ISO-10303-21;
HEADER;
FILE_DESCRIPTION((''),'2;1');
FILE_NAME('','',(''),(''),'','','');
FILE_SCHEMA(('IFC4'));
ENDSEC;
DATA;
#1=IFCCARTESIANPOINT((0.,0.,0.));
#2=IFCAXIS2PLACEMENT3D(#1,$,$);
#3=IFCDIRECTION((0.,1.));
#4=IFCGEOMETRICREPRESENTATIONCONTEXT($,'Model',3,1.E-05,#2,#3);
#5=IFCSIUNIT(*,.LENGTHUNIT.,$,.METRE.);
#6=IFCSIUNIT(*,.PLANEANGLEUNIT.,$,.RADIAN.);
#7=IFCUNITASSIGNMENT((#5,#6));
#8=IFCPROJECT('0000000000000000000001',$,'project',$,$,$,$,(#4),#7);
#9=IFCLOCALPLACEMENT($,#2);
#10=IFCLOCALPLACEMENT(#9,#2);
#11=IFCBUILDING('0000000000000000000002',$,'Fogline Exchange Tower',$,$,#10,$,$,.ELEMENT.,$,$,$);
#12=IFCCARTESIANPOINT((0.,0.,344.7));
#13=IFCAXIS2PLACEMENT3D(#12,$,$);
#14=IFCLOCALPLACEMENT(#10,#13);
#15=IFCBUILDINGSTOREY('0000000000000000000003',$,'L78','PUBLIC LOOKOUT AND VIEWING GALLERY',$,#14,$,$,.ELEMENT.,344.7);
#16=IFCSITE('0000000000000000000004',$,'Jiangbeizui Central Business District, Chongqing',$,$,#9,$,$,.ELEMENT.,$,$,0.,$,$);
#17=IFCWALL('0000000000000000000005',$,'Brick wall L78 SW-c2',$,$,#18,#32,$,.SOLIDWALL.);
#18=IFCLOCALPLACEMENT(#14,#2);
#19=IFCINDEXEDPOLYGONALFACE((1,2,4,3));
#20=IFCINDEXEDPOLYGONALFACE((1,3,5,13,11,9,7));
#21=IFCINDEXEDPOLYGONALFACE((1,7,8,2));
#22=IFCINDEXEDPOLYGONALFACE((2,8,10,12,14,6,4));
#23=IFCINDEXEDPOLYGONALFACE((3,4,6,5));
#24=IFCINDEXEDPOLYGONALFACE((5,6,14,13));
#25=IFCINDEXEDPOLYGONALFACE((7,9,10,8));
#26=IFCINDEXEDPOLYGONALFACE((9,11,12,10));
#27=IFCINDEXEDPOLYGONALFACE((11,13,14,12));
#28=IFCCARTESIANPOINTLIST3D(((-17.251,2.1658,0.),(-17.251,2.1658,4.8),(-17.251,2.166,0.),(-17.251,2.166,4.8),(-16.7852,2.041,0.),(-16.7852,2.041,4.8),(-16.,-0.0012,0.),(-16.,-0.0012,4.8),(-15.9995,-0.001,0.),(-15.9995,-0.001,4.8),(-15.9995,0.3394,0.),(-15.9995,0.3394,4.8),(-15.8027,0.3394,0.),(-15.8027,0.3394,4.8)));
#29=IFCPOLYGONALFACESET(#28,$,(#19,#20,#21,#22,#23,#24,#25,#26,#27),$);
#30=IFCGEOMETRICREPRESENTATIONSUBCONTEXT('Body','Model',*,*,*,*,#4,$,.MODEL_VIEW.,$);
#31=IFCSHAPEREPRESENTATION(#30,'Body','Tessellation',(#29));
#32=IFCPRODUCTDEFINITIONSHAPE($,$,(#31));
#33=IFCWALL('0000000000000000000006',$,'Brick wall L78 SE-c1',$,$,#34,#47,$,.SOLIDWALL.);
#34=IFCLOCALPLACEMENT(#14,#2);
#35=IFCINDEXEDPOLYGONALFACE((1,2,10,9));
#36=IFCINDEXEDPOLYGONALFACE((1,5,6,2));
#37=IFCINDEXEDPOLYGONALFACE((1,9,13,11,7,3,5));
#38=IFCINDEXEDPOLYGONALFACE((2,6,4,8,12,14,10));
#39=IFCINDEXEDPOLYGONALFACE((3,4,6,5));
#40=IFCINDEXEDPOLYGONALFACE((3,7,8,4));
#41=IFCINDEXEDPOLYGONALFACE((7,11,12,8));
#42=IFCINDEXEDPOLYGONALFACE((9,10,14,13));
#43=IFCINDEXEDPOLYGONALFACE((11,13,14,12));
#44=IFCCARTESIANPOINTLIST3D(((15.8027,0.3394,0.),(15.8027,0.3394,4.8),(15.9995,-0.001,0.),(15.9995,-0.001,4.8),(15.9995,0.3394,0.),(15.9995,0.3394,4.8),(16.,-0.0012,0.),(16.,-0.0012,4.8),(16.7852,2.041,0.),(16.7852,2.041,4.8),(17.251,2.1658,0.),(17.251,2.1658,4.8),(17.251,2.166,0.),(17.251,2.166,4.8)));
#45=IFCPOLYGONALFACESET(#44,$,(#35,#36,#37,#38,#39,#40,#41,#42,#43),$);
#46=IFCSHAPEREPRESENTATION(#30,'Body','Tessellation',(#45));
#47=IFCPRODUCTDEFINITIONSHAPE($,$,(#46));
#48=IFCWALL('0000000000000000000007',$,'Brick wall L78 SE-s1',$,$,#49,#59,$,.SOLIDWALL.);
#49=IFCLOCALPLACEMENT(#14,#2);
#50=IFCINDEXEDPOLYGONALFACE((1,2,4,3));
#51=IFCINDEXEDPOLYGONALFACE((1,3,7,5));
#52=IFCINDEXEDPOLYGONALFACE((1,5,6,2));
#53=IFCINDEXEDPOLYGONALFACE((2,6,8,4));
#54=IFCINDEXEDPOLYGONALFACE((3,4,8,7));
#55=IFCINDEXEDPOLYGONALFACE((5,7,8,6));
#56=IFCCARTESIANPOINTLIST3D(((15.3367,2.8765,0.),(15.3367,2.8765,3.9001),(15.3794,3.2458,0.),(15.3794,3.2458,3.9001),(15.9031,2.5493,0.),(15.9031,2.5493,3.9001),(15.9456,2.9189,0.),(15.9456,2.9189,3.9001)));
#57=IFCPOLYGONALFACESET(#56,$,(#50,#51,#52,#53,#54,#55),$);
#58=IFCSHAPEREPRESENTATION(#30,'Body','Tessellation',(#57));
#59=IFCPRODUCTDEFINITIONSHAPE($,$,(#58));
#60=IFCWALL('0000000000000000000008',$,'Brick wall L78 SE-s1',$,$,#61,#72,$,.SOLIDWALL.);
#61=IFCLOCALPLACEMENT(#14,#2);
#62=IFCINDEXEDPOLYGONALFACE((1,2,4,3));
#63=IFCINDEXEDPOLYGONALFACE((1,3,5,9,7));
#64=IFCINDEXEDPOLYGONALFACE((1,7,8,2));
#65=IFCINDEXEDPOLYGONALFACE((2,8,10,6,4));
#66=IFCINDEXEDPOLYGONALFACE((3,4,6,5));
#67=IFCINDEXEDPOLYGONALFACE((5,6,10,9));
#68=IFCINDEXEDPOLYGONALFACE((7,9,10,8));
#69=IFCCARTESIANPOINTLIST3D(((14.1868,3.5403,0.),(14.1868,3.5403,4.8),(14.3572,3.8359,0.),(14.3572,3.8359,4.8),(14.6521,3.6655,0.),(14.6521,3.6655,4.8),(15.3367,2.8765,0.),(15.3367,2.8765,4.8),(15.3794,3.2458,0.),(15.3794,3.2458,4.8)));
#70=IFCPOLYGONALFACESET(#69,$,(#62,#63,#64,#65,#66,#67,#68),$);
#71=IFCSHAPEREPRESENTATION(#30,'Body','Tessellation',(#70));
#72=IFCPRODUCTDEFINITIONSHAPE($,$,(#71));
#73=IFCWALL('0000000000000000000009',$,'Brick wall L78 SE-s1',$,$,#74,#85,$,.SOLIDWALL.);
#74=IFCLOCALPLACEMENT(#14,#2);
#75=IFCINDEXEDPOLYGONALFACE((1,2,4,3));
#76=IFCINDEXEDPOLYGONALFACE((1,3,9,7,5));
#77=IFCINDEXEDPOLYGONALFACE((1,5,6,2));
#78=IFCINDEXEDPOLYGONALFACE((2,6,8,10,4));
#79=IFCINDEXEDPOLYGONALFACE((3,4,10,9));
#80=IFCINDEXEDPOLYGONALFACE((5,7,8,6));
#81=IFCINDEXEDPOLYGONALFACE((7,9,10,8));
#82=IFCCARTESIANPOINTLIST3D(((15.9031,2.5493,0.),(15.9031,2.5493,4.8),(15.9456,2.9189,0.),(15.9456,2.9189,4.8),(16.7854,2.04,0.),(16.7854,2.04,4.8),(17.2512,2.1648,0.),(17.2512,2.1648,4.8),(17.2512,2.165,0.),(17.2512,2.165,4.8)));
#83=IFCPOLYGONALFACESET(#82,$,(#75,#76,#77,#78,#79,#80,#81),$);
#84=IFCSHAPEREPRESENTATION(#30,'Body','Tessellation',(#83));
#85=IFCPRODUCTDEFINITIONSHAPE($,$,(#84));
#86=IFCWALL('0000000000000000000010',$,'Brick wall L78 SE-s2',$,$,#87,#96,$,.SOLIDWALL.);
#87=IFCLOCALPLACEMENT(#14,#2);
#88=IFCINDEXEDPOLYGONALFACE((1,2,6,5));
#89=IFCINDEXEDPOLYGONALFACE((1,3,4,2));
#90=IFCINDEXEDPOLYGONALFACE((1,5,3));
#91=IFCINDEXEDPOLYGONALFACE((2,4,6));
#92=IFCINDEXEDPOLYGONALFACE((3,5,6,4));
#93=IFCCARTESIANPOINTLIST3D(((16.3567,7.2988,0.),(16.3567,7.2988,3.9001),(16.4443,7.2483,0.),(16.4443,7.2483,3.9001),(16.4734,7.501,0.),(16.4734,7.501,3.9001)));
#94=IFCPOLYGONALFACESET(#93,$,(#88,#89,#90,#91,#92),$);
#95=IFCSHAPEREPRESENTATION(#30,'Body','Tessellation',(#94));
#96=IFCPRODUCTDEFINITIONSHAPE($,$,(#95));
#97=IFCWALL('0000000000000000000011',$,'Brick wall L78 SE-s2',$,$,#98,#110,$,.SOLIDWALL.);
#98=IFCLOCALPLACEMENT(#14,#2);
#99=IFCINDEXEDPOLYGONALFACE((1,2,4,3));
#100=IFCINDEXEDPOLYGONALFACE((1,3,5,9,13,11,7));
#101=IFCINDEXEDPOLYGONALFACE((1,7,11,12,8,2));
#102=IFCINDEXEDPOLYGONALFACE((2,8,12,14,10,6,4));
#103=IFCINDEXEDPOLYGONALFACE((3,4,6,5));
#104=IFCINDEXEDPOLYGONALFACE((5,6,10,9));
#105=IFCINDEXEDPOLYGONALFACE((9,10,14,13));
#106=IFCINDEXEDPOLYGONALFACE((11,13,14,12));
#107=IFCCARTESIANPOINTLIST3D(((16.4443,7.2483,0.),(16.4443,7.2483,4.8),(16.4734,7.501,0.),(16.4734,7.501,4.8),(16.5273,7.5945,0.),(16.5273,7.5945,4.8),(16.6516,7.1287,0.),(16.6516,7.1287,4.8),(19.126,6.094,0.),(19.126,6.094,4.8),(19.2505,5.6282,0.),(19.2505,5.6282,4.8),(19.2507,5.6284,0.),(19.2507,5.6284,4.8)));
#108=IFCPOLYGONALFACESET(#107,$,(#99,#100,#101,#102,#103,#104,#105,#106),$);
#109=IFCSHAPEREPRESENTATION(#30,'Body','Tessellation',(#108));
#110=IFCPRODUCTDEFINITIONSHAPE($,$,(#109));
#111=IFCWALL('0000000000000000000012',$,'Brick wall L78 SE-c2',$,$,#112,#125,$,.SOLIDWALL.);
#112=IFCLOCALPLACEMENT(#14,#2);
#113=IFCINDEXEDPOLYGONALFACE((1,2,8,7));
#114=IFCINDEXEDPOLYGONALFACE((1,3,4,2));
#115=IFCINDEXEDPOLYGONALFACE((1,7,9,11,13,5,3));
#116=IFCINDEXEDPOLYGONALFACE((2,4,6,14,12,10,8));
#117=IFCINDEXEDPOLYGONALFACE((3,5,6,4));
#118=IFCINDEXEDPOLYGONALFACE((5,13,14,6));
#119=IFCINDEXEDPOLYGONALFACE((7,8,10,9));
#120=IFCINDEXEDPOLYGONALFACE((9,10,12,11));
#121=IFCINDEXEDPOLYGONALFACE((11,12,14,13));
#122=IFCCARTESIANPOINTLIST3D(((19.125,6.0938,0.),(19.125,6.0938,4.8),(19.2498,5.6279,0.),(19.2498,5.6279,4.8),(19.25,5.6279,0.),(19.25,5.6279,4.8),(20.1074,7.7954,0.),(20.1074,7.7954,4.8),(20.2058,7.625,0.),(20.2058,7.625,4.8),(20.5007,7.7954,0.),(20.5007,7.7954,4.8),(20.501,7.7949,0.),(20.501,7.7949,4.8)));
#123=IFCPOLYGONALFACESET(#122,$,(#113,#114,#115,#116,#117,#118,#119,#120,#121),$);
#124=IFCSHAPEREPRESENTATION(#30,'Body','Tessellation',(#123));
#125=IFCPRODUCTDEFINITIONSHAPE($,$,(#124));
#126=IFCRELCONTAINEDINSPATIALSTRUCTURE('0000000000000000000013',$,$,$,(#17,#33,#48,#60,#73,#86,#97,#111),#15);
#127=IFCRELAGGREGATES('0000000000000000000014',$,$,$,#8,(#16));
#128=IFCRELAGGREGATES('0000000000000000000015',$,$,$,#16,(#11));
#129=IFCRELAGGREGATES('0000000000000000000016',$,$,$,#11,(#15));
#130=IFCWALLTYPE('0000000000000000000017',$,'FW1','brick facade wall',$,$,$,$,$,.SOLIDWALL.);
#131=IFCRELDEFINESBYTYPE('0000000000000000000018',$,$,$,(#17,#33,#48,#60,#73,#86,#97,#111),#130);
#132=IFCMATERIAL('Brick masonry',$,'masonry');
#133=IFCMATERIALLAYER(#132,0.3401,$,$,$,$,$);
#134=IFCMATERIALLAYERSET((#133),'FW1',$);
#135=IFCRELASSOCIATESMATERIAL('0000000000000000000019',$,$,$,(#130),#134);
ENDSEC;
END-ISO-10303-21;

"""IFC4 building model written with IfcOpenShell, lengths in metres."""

from ifc_helpers import new_model, si_unit, direction, frame, origin, place, context, subcontext, project, spatial, polyline, outline, extrude, material, layer, layer_set, type_object, element, save


model = new_model("IFC4")

# Units and contexts
model_context = context("Model", 3, precision=1e-05, world=origin(), true_north=direction((0.0, 1.0)))
body_context = subcontext(model_context, "Body", "Model", "MODEL_VIEW")
ifc_project = project(units=[si_unit("LENGTHUNIT", "METRE"), si_unit("PLANEANGLEUNIT", "RADIAN")], contexts=[model_context])

# Site, building, storey
site_placement = place(None, origin())
site = spatial("IfcSite", under=ifc_project, at=site_placement, Name="Jiangbeizui Central Business District, Chongqing", CompositionType="ELEMENT", RefElevation=0.0)
building_placement = place(site_placement, origin())
building = spatial("IfcBuilding", under=site, at=building_placement, Name="Fogline Exchange Tower", CompositionType="ELEMENT")
storey_placement = place(building_placement, frame((0.0, 0.0, 344.7)))
storey = spatial("IfcBuildingStorey", under=building, at=storey_placement, Name="L78", Description="PUBLIC LOOKOUT AND VIEWING GALLERY", CompositionType="ELEMENT", Elevation=344.7)

# Walls
ifc_material_1 = material(Name="Brick masonry", Category="masonry")
ifc_layer_1 = layer(ifc_material_1, 0.3401)
ifc_layer_set_1 = layer_set([ifc_layer_1], Name="FW1")
wall_type = type_object("IfcWallType", Name="FW1", Description="brick facade wall", PredefinedType="SOLIDWALL", material=ifc_layer_set_1)
wall_1_placement = place(storey_placement, origin())
element("IfcWall", 1, at=wall_1_placement, inside=storey, type_object=wall_type, Name="Brick wall L78 SW-c2", PredefinedType="SOLIDWALL", context=body_context, shape_type="SweptSolid", body=[
    extrude(outline(polyline([(-15.8027, 0.3394), (-15.9995, 0.3394), (-15.9995, -0.001), (-16.0, -0.0012), (-17.251, 2.1658), (-17.251, 2.166), (-16.7852, 2.041), (-15.8027, 0.3394)])), origin(), (0.0, 0.0, 1.0), 4.8),
])
wall_2_placement = place(storey_placement, origin())
element("IfcWall", 2, at=wall_2_placement, inside=storey, type_object=wall_type, Name="Brick wall L78 SE-c1", PredefinedType="SOLIDWALL", context=body_context, shape_type="SweptSolid", body=[
    extrude(outline(polyline([(17.251, 2.1658), (16.0, -0.0012), (15.9995, -0.001), (15.9995, 0.3394), (15.8027, 0.3394), (16.7852, 2.041), (17.251, 2.166), (17.251, 2.1658)])), origin(), (0.0, 0.0, 1.0), 4.8),
])
wall_3_placement = place(storey_placement, origin())
element("IfcWall", 3, at=wall_3_placement, inside=storey, type_object=wall_type, Name="Brick wall L78 SE-s1", PredefinedType="SOLIDWALL", context=body_context, shape_type="SweptSolid", body=[
    extrude(outline(polyline([(15.9456, 2.9189), (15.9031, 2.5493), (15.3367, 2.8765), (15.3794, 3.2458), (15.9456, 2.9189)])), origin(), (0.0, 0.0, 1.0), 3.9001),
])
wall_4_placement = place(storey_placement, origin())
element("IfcWall", 4, at=wall_4_placement, inside=storey, type_object=wall_type, Name="Brick wall L78 SE-s1", PredefinedType="SOLIDWALL", context=body_context, shape_type="SweptSolid", body=[
    extrude(outline(polyline([(14.3572, 3.8359), (14.6521, 3.6655), (15.3794, 3.2458), (15.3367, 2.8765), (14.1868, 3.5403), (14.3572, 3.8359)])), origin(), (0.0, 0.0, 1.0), 4.8),
])
wall_5_placement = place(storey_placement, origin())
element("IfcWall", 5, at=wall_5_placement, inside=storey, type_object=wall_type, Name="Brick wall L78 SE-s1", PredefinedType="SOLIDWALL", context=body_context, shape_type="SweptSolid", body=[
    extrude(outline(polyline([(17.2512, 2.165), (17.2512, 2.1648), (16.7854, 2.04), (15.9031, 2.5493), (15.9456, 2.9189), (17.2512, 2.165)])), origin(), (0.0, 0.0, 1.0), 4.8),
])
wall_6_placement = place(storey_placement, origin())
element("IfcWall", 6, at=wall_6_placement, inside=storey, type_object=wall_type, Name="Brick wall L78 SE-s2", PredefinedType="SOLIDWALL", context=body_context, shape_type="SweptSolid", body=[
    extrude(outline(polyline([(16.3567, 7.2988), (16.4734, 7.501), (16.4443, 7.2483), (16.3567, 7.2988)])), origin(), (0.0, 0.0, 1.0), 3.9001),
])
wall_7_placement = place(storey_placement, origin())
element("IfcWall", 7, at=wall_7_placement, inside=storey, type_object=wall_type, Name="Brick wall L78 SE-s2", PredefinedType="SOLIDWALL", context=body_context, shape_type="SweptSolid", body=[
    extrude(outline(polyline([(16.6516, 7.1287), (16.4443, 7.2483), (16.4734, 7.501), (16.5273, 7.5945), (19.126, 6.094), (19.2507, 5.6284), (19.2505, 5.6282), (16.6516, 7.1287)])), origin(), (0.0, 0.0, 1.0), 4.8),
])
wall_8_placement = place(storey_placement, origin())
element("IfcWall", 8, at=wall_8_placement, inside=storey, type_object=wall_type, Name="Brick wall L78 SE-c2", PredefinedType="SOLIDWALL", context=body_context, shape_type="SweptSolid", body=[
    extrude(outline(polyline([(20.1074, 7.7954), (20.2058, 7.625), (20.5007, 7.7954), (20.501, 7.7949), (19.25, 5.6279), (19.2498, 5.6279), (19.125, 6.0938), (20.1074, 7.7954)])), origin(), (0.0, 0.0, 1.0), 4.8),
])

save(model, "model.ifc")
